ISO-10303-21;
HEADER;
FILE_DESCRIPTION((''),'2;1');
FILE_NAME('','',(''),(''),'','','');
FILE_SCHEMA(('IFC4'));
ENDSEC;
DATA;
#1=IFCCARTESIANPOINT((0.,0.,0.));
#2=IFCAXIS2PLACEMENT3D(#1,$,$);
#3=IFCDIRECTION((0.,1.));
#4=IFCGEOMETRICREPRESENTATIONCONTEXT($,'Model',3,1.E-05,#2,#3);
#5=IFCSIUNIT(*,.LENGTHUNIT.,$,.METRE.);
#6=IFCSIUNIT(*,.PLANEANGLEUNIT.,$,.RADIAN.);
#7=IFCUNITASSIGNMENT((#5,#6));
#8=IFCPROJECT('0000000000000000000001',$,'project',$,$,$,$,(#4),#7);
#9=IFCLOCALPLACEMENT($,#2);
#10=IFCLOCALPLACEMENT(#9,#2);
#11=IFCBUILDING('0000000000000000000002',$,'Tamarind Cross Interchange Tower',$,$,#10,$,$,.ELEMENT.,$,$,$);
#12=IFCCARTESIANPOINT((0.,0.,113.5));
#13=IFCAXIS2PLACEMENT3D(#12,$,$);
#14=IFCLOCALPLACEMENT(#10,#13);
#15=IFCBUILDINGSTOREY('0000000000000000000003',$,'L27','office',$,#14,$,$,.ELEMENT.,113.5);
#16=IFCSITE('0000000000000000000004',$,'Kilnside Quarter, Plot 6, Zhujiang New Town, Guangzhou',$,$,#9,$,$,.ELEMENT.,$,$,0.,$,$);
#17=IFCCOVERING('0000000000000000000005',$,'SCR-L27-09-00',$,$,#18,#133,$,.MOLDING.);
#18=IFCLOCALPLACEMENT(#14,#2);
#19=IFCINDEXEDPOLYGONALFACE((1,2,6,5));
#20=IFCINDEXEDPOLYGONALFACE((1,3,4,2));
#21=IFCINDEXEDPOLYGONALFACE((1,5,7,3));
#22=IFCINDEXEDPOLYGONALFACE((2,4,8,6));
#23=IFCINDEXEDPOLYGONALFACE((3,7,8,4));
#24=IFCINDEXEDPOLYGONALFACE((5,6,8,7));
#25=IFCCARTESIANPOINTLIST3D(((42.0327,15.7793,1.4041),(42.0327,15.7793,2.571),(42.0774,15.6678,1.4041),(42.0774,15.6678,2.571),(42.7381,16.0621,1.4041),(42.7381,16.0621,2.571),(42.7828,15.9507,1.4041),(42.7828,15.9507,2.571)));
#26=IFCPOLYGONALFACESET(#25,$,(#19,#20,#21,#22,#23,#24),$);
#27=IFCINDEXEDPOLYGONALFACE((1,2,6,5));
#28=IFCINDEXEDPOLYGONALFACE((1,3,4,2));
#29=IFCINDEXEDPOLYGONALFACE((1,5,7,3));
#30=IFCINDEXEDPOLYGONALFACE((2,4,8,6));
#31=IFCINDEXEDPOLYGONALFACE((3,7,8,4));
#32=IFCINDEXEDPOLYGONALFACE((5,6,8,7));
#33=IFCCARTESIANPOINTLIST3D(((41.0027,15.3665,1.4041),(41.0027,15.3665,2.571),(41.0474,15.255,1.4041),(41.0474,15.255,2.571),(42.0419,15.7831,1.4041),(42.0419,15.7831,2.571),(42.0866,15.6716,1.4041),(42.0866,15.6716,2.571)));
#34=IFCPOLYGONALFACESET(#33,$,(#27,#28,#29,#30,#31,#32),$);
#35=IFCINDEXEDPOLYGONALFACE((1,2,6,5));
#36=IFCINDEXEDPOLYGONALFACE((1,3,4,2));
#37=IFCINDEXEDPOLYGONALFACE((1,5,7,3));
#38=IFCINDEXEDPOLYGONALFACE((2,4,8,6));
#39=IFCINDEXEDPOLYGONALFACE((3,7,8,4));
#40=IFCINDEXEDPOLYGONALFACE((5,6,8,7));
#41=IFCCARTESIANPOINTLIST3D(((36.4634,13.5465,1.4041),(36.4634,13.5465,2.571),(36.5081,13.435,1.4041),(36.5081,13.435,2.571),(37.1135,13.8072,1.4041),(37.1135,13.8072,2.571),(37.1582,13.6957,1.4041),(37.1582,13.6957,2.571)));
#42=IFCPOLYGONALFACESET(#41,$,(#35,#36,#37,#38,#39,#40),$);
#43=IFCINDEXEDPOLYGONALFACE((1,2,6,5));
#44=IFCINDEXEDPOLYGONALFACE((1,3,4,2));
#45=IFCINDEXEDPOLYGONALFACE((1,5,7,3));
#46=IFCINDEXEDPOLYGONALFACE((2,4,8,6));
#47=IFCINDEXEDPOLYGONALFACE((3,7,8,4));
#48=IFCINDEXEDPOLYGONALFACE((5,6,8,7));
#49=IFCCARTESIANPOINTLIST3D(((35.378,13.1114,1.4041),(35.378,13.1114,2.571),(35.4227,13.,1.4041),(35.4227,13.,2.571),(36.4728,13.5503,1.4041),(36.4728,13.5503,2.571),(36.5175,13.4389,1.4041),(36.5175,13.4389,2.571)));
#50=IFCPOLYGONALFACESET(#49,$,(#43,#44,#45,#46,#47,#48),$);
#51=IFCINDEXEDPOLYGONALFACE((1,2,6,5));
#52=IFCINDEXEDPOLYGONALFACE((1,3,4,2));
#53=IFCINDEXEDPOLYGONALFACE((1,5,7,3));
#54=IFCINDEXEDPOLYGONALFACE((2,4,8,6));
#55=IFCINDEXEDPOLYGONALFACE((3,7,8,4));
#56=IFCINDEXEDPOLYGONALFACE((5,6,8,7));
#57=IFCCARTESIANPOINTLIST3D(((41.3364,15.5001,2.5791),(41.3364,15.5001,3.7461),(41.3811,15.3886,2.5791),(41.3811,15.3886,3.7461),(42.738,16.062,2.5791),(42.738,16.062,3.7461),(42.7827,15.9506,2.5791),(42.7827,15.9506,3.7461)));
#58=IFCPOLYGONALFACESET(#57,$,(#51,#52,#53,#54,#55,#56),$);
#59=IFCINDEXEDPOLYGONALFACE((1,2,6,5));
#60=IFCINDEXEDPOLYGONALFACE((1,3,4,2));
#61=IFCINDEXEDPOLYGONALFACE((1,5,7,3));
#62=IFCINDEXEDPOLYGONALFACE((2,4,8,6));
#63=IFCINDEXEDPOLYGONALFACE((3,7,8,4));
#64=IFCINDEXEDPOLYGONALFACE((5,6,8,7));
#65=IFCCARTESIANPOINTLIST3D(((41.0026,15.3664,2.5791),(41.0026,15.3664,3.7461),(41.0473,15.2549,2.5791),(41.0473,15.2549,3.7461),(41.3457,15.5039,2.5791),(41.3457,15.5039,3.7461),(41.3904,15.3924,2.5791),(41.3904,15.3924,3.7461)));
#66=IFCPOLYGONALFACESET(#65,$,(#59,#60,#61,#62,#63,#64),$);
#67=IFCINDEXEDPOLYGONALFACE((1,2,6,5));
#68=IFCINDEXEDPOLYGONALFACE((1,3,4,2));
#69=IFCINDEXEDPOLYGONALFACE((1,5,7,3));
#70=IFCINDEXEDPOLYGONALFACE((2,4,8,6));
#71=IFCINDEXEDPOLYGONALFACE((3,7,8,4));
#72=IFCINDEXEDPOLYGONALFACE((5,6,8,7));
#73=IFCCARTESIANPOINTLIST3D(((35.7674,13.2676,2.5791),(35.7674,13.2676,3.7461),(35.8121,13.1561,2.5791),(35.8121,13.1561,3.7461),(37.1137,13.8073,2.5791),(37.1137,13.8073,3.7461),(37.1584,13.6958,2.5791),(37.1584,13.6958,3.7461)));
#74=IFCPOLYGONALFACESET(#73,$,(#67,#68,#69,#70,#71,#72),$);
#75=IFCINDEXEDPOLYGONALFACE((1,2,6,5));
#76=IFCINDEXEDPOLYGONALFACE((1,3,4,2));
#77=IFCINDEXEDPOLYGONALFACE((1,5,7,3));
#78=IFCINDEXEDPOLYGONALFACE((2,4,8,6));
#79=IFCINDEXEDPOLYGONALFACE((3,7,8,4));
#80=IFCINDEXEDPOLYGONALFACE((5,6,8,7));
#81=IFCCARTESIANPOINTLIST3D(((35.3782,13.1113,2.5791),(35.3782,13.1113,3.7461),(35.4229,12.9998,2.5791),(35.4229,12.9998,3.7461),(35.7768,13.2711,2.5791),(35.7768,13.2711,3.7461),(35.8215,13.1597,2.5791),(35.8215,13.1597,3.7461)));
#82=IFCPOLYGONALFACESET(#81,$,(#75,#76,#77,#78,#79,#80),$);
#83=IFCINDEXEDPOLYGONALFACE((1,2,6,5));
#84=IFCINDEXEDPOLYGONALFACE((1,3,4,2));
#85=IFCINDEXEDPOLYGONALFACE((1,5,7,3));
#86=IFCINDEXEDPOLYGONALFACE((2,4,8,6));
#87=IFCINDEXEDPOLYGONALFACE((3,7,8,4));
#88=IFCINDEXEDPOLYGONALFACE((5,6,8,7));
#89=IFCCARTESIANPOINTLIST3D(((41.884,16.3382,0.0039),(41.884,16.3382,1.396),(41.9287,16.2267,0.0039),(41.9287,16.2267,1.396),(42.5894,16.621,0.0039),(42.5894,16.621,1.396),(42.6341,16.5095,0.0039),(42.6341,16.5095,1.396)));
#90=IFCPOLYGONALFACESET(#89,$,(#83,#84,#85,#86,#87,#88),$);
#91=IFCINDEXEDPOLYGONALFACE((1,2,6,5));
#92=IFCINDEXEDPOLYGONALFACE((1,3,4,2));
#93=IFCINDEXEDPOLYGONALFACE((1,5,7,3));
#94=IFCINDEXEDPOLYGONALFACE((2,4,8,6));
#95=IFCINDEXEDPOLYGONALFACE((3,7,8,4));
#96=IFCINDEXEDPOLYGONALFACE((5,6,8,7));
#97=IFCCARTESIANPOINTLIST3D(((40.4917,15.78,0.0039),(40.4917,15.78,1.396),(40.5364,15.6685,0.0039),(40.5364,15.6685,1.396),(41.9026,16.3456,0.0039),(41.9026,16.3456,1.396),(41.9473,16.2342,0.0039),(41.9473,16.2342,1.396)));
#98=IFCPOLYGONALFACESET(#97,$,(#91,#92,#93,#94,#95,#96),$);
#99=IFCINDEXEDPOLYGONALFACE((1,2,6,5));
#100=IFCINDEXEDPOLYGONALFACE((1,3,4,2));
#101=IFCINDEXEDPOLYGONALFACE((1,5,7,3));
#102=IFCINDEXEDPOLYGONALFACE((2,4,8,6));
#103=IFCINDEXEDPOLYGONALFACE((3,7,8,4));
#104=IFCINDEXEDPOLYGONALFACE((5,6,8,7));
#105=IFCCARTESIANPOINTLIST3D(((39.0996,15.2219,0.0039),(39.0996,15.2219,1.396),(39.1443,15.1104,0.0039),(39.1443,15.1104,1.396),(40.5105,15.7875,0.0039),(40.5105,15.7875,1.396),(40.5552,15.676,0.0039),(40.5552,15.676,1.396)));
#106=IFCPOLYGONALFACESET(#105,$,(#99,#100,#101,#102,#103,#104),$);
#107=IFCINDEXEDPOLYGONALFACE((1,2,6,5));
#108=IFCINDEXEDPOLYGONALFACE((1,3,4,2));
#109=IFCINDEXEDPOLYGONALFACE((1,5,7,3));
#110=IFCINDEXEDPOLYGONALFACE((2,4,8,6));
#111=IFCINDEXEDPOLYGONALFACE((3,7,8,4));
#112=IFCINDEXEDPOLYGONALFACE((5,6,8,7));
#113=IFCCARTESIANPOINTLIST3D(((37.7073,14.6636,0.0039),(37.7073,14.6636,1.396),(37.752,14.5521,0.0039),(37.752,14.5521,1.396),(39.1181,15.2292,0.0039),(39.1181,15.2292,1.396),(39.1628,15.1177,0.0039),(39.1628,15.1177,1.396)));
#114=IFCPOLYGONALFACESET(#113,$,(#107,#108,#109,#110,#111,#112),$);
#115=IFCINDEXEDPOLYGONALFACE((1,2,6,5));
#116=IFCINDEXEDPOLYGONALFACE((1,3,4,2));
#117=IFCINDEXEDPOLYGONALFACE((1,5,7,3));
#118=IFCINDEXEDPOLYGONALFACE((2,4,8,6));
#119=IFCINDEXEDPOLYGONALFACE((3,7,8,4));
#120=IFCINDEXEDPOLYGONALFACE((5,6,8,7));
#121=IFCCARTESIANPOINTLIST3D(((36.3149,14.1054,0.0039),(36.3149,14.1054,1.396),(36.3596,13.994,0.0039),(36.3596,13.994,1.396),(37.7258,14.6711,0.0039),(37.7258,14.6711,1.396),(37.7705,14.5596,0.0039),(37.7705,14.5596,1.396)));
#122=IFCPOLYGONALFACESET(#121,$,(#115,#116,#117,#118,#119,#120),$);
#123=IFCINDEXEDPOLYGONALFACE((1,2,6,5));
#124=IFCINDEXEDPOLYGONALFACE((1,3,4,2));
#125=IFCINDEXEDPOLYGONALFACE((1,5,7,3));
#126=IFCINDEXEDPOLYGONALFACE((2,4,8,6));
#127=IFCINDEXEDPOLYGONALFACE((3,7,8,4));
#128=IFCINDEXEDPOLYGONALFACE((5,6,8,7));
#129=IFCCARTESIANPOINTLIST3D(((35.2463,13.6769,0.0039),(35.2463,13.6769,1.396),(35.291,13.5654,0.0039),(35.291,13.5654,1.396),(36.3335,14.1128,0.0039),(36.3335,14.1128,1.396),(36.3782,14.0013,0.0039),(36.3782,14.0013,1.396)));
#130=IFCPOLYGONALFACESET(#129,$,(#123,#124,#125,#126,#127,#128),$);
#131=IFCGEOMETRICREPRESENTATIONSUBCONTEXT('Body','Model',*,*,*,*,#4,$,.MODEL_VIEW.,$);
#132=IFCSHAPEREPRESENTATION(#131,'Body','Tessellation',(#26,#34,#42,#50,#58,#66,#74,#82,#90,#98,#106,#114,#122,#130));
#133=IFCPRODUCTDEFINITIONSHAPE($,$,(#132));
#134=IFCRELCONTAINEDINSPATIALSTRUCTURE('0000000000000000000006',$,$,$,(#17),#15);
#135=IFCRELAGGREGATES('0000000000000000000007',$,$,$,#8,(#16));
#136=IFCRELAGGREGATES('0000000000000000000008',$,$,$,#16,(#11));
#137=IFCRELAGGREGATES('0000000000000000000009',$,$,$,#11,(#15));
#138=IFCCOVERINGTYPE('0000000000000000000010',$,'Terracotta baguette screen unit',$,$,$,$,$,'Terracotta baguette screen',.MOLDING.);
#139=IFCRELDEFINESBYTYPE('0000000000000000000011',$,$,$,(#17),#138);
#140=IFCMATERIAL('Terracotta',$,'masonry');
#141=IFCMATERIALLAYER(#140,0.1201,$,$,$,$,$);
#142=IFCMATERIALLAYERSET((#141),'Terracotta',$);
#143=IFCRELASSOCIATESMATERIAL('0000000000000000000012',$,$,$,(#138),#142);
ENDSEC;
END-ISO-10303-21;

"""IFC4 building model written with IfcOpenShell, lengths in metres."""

from ifc_helpers import new_model, si_unit, direction, frame, origin, origin_2d, place, context, subcontext, project, spatial, rectangle, extrude, material, layer, layer_set, type_object, element, save


model = new_model("IFC4")

# Units and contexts
model_context = context("Model", 3, precision=1e-05, world=origin(), true_north=direction((0.0, 1.0)))
body_context = subcontext(model_context, "Body", "Model", "MODEL_VIEW")
ifc_project = project(units=[si_unit("LENGTHUNIT", "METRE"), si_unit("PLANEANGLEUNIT", "RADIAN")], contexts=[model_context])

# Site, building, storey
site_placement = place(None, origin())
site = spatial("IfcSite", under=ifc_project, at=site_placement, Name="Kilnside Quarter, Plot 6, Zhujiang New Town, Guangzhou", CompositionType="ELEMENT", RefElevation=0.0)
building_placement = place(site_placement, origin())
building = spatial("IfcBuilding", under=site, at=building_placement, Name="Tamarind Cross Interchange Tower", CompositionType="ELEMENT")
storey_placement = place(building_placement, frame((0.0, 0.0, 113.5)))
storey = spatial("IfcBuildingStorey", under=building, at=storey_placement, Name="L27", Description="office", CompositionType="ELEMENT", Elevation=113.5)

# Covering
ifc_material_1 = material(Name="Terracotta", Category="masonry")
ifc_layer_1 = layer(ifc_material_1, 0.1201)
ifc_layer_set_1 = layer_set([ifc_layer_1], Name="Terracotta")
covering_type = type_object("IfcCoveringType", Name="Terracotta baguette screen unit", ElementType="Terracotta baguette screen", PredefinedType="MOLDING", material=ifc_layer_set_1)
covering_1_placement = place(storey_placement, origin())
element("IfcCovering", 1, at=covering_1_placement, inside=storey, type_object=covering_type, Name="SCR-L27-09-00", PredefinedType="MOLDING", context=body_context, shape_type="SweptSolid", body=[
    extrude(rectangle(XDim=0.76, YDim=0.1201, at=origin_2d()), frame((42.4077, 15.865, 1.4041), z_axis=(0.0, 0.0, 1.0), x_axis=(-0.928183, -0.372124, 0.0)), (0.0, 0.0, 1.0), 1.167),
    extrude(rectangle(XDim=1.1196, YDim=0.1201, at=origin_2d()), frame((41.5447, 15.519, 1.4041), z_axis=(0.0, 0.0, 1.0), x_axis=(-0.928183, -0.372124, 0.0)), (0.0, 0.0, 1.0), 1.167),
    extrude(rectangle(XDim=0.7004, YDim=0.1201, at=origin_2d()), frame((36.8108, 13.6211, 1.4041), z_axis=(0.0, 0.0, 1.0), x_axis=(-0.928183, -0.372124, 0.0)), (0.0, 0.0, 1.0), 1.167),
    extrude(rectangle(XDim=1.1794, YDim=0.1201, at=origin_2d()), frame((35.9478, 13.2751, 1.4041), z_axis=(0.0, 0.0, 1.0), x_axis=(-0.928183, -0.372124, 0.0)), (0.0, 0.0, 1.0), 1.167),
    extrude(rectangle(XDim=1.51, YDim=0.1201, at=origin_2d()), frame((42.0596, 15.7253, 2.5791), z_axis=(0.0, 0.0, 1.0), x_axis=(-0.928183, -0.372124, 0.0)), (0.0, 0.0, 1.0), 1.167),
    extrude(rectangle(XDim=0.3696, YDim=0.1201, at=origin_2d()), frame((41.1965, 15.3794, 2.5791), z_axis=(0.0, 0.0, 1.0), x_axis=(-0.928183, -0.372124, 0.0)), (0.0, 0.0, 1.0), 1.167),
    extrude(rectangle(XDim=1.4504, YDim=0.1201, at=origin_2d()), frame((36.4629, 13.4817, 2.5791), z_axis=(0.0, 0.0, 1.0), x_axis=(-0.928183, -0.372124, 0.0)), (0.0, 0.0, 1.0), 1.167),
    extrude(rectangle(XDim=0.4294, YDim=0.1201, at=origin_2d()), frame((35.5999, 13.1355, 2.5791), z_axis=(0.0, 0.0, 1.0), x_axis=(-0.928183, -0.372124, 0.0)), (0.0, 0.0, 1.0), 1.167),
    extrude(rectangle(XDim=0.76, YDim=0.1201, at=origin_2d()), frame((42.259, 16.4238, 0.0039), z_axis=(0.0, 0.0, 1.0), x_axis=(-0.928183, -0.372124, 0.0)), (0.0, 0.0, 1.0), 1.3921),
    extrude(rectangle(XDim=1.52, YDim=0.1201, at=origin_2d()), frame((41.2195, 16.0071, 0.0039), z_axis=(0.0, 0.0, 1.0), x_axis=(-0.928183, -0.372124, 0.0)), (0.0, 0.0, 1.0), 1.3921),
    extrude(rectangle(XDim=1.52, YDim=0.1201, at=origin_2d()), frame((39.8274, 15.449, 0.0039), z_axis=(0.0, 0.0, 1.0), x_axis=(-0.928183, -0.372124, 0.0)), (0.0, 0.0, 1.0), 1.3921),
    extrude(rectangle(XDim=1.52, YDim=0.1201, at=origin_2d()), frame((38.4351, 14.8906, 0.0039), z_axis=(0.0, 0.0, 1.0), x_axis=(-0.928183, -0.372124, 0.0)), (0.0, 0.0, 1.0), 1.3921),
    extrude(rectangle(XDim=1.52, YDim=0.1201, at=origin_2d()), frame((37.0427, 14.3325, 0.0039), z_axis=(0.0, 0.0, 1.0), x_axis=(-0.928183, -0.372124, 0.0)), (0.0, 0.0, 1.0), 1.3921),
    extrude(rectangle(XDim=1.1714, YDim=0.1201, at=origin_2d()), frame((35.8123, 13.8391, 0.0039), z_axis=(0.0, 0.0, 1.0), x_axis=(-0.928183, -0.372124, 0.0)), (0.0, 0.0, 1.0), 1.3921),
])

save(model, "model.ifc")
